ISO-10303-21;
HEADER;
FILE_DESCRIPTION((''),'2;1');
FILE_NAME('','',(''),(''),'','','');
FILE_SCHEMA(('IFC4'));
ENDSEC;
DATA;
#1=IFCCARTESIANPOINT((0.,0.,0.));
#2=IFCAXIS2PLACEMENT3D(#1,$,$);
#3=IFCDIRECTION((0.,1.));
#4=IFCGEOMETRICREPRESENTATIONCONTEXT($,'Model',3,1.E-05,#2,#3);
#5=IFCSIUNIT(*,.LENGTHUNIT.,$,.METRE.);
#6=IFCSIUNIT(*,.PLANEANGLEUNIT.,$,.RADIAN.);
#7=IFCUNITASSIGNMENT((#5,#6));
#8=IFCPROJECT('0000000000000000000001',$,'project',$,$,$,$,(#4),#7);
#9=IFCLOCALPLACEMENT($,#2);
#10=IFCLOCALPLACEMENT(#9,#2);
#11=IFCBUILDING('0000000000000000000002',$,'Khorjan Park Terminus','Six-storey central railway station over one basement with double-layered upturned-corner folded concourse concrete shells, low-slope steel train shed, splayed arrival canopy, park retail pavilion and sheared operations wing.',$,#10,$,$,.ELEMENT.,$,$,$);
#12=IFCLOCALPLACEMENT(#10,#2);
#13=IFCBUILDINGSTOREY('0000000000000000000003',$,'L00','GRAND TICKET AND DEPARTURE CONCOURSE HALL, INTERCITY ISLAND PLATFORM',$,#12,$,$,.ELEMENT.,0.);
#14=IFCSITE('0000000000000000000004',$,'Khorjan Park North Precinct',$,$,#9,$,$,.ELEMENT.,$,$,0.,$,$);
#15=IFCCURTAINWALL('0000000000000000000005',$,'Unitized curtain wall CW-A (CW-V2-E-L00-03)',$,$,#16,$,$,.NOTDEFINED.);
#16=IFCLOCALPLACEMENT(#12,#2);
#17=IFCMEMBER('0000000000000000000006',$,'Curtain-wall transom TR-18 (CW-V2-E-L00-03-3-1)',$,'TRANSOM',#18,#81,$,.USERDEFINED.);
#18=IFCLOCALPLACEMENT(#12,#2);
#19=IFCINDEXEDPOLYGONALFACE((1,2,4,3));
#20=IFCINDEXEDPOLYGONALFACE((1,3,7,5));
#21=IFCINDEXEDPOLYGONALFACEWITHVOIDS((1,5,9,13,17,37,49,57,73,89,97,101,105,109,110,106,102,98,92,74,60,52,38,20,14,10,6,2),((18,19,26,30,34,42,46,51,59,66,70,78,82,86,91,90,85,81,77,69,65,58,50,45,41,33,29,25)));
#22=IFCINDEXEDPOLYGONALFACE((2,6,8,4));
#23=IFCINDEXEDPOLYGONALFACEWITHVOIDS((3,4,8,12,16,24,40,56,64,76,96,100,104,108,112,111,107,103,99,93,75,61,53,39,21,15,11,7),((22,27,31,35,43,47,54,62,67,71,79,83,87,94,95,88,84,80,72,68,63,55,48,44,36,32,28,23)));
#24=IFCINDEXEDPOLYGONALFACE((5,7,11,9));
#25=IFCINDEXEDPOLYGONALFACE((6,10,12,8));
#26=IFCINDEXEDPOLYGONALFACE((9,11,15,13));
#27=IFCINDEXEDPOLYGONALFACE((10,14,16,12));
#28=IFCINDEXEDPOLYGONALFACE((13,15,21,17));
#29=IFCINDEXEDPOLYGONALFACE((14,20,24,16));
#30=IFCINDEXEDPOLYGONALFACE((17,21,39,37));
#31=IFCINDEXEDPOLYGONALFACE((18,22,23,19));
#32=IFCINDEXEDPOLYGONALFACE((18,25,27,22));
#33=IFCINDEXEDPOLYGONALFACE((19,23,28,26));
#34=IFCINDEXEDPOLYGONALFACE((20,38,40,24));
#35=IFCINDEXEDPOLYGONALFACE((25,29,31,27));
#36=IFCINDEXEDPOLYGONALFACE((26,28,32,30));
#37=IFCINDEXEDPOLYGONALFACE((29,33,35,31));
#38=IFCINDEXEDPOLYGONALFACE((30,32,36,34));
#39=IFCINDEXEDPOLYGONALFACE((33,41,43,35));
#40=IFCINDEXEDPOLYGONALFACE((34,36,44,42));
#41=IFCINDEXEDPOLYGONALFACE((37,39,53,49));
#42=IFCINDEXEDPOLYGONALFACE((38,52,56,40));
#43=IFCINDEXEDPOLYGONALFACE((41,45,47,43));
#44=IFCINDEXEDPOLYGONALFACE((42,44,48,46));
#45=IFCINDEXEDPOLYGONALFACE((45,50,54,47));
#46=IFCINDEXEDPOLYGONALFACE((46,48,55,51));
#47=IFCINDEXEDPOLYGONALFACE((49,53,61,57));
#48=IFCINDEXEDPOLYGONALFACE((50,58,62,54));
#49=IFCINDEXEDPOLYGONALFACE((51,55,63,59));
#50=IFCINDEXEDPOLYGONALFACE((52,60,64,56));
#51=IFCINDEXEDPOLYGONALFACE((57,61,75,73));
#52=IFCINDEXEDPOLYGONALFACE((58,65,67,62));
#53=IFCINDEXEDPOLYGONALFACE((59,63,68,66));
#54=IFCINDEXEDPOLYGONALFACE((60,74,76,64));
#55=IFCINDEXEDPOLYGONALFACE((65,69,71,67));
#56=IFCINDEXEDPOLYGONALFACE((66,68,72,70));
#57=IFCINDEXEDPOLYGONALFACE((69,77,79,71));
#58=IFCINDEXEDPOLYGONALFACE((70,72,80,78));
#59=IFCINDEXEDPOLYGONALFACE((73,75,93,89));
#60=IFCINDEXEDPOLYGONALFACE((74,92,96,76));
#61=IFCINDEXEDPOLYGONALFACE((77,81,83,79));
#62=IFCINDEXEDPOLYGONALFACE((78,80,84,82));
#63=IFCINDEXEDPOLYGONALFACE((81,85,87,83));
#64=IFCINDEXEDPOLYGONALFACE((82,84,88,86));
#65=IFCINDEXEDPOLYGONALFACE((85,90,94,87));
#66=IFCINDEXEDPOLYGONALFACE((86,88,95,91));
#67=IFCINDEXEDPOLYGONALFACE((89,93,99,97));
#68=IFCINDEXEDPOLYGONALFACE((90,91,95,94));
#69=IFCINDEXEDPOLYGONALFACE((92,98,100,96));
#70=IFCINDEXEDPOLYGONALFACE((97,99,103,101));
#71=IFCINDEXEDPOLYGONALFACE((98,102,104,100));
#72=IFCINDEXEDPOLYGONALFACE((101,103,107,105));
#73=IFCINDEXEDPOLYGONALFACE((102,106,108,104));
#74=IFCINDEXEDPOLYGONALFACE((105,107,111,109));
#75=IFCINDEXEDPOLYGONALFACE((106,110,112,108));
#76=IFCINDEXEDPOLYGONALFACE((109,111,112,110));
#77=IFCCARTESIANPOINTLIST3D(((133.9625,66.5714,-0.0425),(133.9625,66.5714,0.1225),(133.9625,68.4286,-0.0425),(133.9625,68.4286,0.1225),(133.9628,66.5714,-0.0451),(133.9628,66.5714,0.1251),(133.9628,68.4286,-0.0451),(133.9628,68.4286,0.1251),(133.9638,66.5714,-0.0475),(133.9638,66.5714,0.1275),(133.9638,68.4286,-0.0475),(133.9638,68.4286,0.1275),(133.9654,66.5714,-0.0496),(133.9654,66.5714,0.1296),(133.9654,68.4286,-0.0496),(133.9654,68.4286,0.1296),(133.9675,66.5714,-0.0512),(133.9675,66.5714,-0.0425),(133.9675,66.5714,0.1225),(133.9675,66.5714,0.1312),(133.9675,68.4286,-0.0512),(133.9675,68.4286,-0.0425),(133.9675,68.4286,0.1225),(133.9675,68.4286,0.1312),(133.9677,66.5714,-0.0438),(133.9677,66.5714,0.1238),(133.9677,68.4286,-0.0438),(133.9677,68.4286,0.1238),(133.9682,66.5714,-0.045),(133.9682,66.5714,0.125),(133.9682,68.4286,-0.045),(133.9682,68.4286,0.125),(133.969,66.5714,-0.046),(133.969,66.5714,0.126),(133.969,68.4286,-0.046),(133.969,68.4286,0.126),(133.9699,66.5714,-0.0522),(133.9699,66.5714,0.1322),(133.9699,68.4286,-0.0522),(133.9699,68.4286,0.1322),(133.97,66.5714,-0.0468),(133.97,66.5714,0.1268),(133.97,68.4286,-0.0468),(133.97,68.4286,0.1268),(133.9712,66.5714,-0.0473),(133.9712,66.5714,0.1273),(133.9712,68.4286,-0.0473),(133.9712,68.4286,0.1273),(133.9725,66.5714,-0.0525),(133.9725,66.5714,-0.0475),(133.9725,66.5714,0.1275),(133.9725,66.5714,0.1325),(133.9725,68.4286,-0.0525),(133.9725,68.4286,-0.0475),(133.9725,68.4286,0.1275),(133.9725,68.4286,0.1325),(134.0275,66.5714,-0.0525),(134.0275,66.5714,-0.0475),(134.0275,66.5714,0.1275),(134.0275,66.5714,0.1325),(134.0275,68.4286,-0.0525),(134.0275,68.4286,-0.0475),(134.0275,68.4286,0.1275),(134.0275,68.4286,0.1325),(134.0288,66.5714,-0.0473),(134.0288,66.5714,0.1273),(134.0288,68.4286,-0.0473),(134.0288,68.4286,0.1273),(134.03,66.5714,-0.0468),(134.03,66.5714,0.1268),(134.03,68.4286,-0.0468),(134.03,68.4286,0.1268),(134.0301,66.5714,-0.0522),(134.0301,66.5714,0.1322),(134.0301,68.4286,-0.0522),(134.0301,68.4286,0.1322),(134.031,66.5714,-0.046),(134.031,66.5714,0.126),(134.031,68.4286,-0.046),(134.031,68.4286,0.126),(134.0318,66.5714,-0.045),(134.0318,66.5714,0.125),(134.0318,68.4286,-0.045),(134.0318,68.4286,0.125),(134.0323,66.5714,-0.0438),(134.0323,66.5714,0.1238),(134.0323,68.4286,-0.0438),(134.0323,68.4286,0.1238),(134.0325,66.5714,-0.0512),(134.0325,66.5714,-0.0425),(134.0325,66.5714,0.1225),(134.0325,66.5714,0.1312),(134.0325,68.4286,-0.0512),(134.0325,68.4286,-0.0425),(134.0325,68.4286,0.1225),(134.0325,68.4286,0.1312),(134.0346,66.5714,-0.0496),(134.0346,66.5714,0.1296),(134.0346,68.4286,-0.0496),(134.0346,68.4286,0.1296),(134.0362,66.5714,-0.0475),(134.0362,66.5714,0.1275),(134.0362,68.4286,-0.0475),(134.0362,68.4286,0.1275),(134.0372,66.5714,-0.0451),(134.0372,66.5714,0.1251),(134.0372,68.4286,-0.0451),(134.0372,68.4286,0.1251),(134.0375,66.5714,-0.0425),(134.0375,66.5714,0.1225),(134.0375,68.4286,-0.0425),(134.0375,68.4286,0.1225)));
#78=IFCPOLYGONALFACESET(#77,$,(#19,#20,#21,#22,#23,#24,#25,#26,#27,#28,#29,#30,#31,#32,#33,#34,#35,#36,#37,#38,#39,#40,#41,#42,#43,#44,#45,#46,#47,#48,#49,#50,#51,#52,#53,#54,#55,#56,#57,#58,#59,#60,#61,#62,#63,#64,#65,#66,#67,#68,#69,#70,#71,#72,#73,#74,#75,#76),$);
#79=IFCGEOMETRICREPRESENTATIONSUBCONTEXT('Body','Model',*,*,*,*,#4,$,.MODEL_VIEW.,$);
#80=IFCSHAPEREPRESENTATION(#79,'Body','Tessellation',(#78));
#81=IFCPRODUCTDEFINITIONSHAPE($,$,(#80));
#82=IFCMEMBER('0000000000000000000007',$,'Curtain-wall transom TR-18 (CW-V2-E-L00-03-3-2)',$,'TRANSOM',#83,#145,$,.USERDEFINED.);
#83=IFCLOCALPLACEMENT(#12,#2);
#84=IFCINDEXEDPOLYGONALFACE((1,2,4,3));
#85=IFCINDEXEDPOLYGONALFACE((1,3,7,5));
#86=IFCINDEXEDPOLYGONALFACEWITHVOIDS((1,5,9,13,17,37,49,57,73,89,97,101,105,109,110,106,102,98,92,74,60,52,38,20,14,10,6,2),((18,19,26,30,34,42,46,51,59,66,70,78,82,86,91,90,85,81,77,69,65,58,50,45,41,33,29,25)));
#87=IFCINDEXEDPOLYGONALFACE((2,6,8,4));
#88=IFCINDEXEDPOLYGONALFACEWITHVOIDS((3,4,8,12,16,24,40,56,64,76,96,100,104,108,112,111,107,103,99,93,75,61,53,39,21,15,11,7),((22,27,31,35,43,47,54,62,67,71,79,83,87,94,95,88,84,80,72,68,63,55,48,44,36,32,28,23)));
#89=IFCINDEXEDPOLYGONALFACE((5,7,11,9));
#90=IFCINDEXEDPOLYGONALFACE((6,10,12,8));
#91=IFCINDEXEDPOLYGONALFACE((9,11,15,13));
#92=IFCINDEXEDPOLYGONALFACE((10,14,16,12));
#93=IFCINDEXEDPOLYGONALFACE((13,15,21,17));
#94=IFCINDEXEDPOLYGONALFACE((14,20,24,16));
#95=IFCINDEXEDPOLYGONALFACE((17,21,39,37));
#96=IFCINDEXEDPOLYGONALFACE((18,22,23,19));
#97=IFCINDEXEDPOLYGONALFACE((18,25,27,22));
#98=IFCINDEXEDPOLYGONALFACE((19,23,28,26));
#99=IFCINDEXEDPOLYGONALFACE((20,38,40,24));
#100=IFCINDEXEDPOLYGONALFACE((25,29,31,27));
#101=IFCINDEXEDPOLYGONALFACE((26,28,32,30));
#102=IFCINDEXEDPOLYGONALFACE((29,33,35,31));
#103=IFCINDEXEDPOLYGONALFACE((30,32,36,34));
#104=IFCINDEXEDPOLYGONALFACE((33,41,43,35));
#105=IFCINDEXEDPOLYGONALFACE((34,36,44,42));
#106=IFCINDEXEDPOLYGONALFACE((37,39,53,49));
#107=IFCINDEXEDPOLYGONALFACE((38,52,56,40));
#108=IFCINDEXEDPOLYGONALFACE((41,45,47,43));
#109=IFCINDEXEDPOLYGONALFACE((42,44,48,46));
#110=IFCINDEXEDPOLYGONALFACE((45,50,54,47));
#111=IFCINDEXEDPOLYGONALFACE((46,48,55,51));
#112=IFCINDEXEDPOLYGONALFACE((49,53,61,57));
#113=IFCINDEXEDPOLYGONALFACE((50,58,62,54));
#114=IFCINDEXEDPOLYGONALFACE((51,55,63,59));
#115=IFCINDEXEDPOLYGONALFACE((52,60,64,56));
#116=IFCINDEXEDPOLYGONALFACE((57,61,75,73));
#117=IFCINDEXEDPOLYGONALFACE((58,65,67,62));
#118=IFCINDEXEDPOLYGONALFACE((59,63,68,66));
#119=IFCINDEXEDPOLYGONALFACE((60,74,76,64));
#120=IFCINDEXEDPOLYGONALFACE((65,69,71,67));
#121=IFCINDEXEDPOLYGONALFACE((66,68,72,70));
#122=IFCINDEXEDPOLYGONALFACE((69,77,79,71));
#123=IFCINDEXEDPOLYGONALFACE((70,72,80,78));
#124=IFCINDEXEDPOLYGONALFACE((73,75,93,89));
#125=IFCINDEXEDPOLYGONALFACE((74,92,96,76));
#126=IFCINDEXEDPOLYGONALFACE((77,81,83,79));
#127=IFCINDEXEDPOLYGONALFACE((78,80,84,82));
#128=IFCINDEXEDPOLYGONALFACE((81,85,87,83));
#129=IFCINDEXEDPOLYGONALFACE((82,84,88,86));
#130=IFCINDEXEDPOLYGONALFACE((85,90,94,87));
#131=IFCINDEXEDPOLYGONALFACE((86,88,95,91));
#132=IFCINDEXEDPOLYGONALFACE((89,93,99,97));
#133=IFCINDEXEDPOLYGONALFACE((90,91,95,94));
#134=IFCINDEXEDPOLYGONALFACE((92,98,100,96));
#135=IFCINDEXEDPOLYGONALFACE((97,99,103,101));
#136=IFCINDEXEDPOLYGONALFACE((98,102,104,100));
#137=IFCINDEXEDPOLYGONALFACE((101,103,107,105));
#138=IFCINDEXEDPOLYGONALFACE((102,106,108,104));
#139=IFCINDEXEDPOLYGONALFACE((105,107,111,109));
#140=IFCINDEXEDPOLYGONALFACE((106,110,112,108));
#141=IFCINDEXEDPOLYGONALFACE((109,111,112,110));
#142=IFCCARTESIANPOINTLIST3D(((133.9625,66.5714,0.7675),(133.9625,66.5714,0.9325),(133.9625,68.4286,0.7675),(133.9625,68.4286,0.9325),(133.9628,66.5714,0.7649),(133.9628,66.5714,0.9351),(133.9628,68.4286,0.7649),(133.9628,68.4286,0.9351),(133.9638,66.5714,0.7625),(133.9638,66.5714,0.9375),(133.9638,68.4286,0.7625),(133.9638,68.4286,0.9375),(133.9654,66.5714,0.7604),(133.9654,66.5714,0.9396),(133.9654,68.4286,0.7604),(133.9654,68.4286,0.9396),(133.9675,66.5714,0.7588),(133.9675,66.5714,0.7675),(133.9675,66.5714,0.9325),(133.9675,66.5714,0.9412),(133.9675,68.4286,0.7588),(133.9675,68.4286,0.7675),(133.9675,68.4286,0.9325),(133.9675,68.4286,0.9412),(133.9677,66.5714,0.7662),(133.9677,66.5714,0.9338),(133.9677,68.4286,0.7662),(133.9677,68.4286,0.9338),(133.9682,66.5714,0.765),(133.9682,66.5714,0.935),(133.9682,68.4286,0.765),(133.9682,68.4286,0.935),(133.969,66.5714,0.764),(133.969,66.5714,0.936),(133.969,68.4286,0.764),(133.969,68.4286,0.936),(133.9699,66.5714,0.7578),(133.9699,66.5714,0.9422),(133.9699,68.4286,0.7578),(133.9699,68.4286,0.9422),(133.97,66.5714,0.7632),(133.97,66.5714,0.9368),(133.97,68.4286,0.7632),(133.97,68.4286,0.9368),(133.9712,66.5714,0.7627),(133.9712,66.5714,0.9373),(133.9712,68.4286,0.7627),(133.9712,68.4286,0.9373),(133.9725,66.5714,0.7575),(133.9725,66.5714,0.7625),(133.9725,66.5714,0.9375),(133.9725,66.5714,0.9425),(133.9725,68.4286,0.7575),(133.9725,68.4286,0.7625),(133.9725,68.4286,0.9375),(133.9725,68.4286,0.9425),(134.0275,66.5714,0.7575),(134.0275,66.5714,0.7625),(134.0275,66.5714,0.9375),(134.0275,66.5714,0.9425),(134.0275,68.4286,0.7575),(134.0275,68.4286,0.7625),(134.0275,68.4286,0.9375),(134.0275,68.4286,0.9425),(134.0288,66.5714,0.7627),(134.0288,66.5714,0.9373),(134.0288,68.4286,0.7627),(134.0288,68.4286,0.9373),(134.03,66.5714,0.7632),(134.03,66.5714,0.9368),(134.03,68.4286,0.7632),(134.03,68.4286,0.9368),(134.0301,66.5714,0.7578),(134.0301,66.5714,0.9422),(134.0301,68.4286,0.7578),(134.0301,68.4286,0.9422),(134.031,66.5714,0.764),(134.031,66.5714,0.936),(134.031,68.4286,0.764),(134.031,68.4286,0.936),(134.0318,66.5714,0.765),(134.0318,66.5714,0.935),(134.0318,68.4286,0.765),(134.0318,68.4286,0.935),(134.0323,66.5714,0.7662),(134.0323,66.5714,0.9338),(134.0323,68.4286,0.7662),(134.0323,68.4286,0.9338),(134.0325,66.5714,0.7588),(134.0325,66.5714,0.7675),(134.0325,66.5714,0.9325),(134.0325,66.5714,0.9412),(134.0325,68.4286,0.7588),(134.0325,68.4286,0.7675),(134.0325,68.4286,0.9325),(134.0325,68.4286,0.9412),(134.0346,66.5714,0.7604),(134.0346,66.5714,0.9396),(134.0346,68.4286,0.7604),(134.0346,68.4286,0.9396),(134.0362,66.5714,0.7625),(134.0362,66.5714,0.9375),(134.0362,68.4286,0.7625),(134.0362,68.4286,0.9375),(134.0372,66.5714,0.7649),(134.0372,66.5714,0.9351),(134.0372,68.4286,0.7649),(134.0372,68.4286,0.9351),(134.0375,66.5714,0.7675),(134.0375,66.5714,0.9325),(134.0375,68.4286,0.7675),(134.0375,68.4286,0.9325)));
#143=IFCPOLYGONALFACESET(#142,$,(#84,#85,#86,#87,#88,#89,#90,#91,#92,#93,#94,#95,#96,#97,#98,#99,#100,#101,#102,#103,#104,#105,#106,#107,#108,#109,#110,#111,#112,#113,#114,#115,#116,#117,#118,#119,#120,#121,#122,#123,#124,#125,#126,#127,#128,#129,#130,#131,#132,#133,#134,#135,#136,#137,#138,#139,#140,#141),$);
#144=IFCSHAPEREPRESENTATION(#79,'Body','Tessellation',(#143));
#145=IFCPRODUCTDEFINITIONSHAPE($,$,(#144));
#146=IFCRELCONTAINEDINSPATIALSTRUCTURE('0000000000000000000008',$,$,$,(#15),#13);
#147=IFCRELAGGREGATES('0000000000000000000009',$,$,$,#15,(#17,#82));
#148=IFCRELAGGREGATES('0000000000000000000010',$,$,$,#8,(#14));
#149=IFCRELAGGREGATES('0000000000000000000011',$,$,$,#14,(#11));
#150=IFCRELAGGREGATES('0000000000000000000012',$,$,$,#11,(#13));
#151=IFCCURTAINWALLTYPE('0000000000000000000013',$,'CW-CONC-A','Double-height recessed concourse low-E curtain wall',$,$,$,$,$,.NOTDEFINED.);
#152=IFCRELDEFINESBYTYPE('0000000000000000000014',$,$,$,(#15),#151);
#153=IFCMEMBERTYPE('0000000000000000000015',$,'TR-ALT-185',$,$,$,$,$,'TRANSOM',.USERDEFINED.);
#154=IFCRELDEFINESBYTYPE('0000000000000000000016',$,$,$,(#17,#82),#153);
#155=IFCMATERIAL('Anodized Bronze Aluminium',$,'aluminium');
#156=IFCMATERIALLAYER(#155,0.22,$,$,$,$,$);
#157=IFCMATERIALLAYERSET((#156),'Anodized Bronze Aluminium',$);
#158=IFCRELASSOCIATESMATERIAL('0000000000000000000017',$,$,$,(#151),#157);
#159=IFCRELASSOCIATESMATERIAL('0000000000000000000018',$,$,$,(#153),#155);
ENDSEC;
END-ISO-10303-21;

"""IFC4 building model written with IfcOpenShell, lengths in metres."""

from ifc_helpers import new_model, si_unit, direction, frame, origin, origin_2d, place, context, subcontext, project, spatial, hollow_rectangle, extrude, material, layer, layer_set, material_profile, profile_set, type_object, element, aggregate, save


model = new_model("IFC4")

# Units and contexts
model_context = context("Model", 3, precision=1e-05, world=origin(), true_north=direction((0.0, 1.0)))
body_context = subcontext(model_context, "Body", "Model", "MODEL_VIEW")
ifc_project = project(units=[si_unit("LENGTHUNIT", "METRE"), si_unit("PLANEANGLEUNIT", "RADIAN")], contexts=[model_context])

# Site, building, storey
site_placement = place(None, origin())
site = spatial("IfcSite", under=ifc_project, at=site_placement, Name="Khorjan Park North Precinct", CompositionType="ELEMENT", RefElevation=0.0)
building_placement = place(site_placement, origin())
building = spatial("IfcBuilding", under=site, at=building_placement, Name="Khorjan Park Terminus", Description="Six-storey central railway station over one basement with double-layered upturned-corner folded concourse concrete shells, low-slope steel train shed, splayed arrival canopy, park retail pavilion and sheared operations wing.", CompositionType="ELEMENT")
storey_placement = place(building_placement, origin())
storey = spatial("IfcBuildingStorey", under=building, at=storey_placement, Name="L00", Description="GRAND TICKET AND DEPARTURE CONCOURSE HALL, INTERCITY ISLAND PLATFORM", CompositionType="ELEMENT", Elevation=0.0)

# Curtain wall, members
ifc_material_1 = material(Name="Anodized Bronze Aluminium", Category="aluminium")
ifc_layer_1 = layer(ifc_material_1, 0.22)
ifc_layer_set_1 = layer_set([ifc_layer_1], Name="Anodized Bronze Aluminium")
curtain_wall_type = type_object("IfcCurtainWallType", Name="CW-CONC-A", Description="Double-height recessed concourse low-E curtain wall", PredefinedType="NOTDEFINED", material=ifc_layer_set_1)
curtain_wall_placement = place(storey_placement, origin())
curtain_wall = element("IfcCurtainWall", 1, at=curtain_wall_placement, inside=storey, type_object=curtain_wall_type, Name="Unitized curtain wall CW-A (CW-V2-E-L00-03)", PredefinedType="NOTDEFINED")
ifc_material_profile_1 = material_profile(ifc_material_1, hollow_rectangle(XDim=0.075, YDim=0.185, WallThickness=0.005, InnerFilletRadius=0.005, OuterFilletRadius=0.01, at=origin_2d()), Name="ALT 75x185x5")
ifc_profile_set_1 = profile_set([ifc_material_profile_1], Name="Anodized Bronze Aluminium")
member_type_1 = type_object("IfcMemberType", Name="TR-ALT-185", ElementType="TRANSOM", PredefinedType="USERDEFINED", material=ifc_profile_set_1)
member_1_placement = place(storey_placement, frame((134.0, 66.5714, 0.04), z_axis=(0.0, 1.0, 0.0), x_axis=(-1.0, 0.0, 0.0)))
member_1 = element("IfcMember", 2, at=member_1_placement, type_object=member_type_1, Name="Curtain-wall transom TR-18 (CW-V2-E-L00-03-3-1)", ObjectType="TRANSOM", PredefinedType="USERDEFINED", context=body_context, shape_type="SweptSolid", body=[
    extrude(hollow_rectangle(XDim=0.075, YDim=0.185, WallThickness=0.005, InnerFilletRadius=0.005, OuterFilletRadius=0.01, at=origin_2d()), origin(), (0.0, 0.0, 1.0), 1.8572),
])
member_2_placement = place(storey_placement, frame((134.0, 66.5714, 0.85), z_axis=(0.0, 1.0, 0.0), x_axis=(-1.0, 0.0, 0.0)))
member_2 = element("IfcMember", 3, at=member_2_placement, type_object=member_type_1, Name="Curtain-wall transom TR-18 (CW-V2-E-L00-03-3-2)", ObjectType="TRANSOM", PredefinedType="USERDEFINED", context=body_context, shape_type="SweptSolid", body=[
    extrude(hollow_rectangle(XDim=0.075, YDim=0.185, WallThickness=0.005, InnerFilletRadius=0.005, OuterFilletRadius=0.01, at=origin_2d()), origin(), (0.0, 0.0, 1.0), 1.8572),
])
aggregate(curtain_wall, [member_1, member_2])

save(model, "model.ifc")
